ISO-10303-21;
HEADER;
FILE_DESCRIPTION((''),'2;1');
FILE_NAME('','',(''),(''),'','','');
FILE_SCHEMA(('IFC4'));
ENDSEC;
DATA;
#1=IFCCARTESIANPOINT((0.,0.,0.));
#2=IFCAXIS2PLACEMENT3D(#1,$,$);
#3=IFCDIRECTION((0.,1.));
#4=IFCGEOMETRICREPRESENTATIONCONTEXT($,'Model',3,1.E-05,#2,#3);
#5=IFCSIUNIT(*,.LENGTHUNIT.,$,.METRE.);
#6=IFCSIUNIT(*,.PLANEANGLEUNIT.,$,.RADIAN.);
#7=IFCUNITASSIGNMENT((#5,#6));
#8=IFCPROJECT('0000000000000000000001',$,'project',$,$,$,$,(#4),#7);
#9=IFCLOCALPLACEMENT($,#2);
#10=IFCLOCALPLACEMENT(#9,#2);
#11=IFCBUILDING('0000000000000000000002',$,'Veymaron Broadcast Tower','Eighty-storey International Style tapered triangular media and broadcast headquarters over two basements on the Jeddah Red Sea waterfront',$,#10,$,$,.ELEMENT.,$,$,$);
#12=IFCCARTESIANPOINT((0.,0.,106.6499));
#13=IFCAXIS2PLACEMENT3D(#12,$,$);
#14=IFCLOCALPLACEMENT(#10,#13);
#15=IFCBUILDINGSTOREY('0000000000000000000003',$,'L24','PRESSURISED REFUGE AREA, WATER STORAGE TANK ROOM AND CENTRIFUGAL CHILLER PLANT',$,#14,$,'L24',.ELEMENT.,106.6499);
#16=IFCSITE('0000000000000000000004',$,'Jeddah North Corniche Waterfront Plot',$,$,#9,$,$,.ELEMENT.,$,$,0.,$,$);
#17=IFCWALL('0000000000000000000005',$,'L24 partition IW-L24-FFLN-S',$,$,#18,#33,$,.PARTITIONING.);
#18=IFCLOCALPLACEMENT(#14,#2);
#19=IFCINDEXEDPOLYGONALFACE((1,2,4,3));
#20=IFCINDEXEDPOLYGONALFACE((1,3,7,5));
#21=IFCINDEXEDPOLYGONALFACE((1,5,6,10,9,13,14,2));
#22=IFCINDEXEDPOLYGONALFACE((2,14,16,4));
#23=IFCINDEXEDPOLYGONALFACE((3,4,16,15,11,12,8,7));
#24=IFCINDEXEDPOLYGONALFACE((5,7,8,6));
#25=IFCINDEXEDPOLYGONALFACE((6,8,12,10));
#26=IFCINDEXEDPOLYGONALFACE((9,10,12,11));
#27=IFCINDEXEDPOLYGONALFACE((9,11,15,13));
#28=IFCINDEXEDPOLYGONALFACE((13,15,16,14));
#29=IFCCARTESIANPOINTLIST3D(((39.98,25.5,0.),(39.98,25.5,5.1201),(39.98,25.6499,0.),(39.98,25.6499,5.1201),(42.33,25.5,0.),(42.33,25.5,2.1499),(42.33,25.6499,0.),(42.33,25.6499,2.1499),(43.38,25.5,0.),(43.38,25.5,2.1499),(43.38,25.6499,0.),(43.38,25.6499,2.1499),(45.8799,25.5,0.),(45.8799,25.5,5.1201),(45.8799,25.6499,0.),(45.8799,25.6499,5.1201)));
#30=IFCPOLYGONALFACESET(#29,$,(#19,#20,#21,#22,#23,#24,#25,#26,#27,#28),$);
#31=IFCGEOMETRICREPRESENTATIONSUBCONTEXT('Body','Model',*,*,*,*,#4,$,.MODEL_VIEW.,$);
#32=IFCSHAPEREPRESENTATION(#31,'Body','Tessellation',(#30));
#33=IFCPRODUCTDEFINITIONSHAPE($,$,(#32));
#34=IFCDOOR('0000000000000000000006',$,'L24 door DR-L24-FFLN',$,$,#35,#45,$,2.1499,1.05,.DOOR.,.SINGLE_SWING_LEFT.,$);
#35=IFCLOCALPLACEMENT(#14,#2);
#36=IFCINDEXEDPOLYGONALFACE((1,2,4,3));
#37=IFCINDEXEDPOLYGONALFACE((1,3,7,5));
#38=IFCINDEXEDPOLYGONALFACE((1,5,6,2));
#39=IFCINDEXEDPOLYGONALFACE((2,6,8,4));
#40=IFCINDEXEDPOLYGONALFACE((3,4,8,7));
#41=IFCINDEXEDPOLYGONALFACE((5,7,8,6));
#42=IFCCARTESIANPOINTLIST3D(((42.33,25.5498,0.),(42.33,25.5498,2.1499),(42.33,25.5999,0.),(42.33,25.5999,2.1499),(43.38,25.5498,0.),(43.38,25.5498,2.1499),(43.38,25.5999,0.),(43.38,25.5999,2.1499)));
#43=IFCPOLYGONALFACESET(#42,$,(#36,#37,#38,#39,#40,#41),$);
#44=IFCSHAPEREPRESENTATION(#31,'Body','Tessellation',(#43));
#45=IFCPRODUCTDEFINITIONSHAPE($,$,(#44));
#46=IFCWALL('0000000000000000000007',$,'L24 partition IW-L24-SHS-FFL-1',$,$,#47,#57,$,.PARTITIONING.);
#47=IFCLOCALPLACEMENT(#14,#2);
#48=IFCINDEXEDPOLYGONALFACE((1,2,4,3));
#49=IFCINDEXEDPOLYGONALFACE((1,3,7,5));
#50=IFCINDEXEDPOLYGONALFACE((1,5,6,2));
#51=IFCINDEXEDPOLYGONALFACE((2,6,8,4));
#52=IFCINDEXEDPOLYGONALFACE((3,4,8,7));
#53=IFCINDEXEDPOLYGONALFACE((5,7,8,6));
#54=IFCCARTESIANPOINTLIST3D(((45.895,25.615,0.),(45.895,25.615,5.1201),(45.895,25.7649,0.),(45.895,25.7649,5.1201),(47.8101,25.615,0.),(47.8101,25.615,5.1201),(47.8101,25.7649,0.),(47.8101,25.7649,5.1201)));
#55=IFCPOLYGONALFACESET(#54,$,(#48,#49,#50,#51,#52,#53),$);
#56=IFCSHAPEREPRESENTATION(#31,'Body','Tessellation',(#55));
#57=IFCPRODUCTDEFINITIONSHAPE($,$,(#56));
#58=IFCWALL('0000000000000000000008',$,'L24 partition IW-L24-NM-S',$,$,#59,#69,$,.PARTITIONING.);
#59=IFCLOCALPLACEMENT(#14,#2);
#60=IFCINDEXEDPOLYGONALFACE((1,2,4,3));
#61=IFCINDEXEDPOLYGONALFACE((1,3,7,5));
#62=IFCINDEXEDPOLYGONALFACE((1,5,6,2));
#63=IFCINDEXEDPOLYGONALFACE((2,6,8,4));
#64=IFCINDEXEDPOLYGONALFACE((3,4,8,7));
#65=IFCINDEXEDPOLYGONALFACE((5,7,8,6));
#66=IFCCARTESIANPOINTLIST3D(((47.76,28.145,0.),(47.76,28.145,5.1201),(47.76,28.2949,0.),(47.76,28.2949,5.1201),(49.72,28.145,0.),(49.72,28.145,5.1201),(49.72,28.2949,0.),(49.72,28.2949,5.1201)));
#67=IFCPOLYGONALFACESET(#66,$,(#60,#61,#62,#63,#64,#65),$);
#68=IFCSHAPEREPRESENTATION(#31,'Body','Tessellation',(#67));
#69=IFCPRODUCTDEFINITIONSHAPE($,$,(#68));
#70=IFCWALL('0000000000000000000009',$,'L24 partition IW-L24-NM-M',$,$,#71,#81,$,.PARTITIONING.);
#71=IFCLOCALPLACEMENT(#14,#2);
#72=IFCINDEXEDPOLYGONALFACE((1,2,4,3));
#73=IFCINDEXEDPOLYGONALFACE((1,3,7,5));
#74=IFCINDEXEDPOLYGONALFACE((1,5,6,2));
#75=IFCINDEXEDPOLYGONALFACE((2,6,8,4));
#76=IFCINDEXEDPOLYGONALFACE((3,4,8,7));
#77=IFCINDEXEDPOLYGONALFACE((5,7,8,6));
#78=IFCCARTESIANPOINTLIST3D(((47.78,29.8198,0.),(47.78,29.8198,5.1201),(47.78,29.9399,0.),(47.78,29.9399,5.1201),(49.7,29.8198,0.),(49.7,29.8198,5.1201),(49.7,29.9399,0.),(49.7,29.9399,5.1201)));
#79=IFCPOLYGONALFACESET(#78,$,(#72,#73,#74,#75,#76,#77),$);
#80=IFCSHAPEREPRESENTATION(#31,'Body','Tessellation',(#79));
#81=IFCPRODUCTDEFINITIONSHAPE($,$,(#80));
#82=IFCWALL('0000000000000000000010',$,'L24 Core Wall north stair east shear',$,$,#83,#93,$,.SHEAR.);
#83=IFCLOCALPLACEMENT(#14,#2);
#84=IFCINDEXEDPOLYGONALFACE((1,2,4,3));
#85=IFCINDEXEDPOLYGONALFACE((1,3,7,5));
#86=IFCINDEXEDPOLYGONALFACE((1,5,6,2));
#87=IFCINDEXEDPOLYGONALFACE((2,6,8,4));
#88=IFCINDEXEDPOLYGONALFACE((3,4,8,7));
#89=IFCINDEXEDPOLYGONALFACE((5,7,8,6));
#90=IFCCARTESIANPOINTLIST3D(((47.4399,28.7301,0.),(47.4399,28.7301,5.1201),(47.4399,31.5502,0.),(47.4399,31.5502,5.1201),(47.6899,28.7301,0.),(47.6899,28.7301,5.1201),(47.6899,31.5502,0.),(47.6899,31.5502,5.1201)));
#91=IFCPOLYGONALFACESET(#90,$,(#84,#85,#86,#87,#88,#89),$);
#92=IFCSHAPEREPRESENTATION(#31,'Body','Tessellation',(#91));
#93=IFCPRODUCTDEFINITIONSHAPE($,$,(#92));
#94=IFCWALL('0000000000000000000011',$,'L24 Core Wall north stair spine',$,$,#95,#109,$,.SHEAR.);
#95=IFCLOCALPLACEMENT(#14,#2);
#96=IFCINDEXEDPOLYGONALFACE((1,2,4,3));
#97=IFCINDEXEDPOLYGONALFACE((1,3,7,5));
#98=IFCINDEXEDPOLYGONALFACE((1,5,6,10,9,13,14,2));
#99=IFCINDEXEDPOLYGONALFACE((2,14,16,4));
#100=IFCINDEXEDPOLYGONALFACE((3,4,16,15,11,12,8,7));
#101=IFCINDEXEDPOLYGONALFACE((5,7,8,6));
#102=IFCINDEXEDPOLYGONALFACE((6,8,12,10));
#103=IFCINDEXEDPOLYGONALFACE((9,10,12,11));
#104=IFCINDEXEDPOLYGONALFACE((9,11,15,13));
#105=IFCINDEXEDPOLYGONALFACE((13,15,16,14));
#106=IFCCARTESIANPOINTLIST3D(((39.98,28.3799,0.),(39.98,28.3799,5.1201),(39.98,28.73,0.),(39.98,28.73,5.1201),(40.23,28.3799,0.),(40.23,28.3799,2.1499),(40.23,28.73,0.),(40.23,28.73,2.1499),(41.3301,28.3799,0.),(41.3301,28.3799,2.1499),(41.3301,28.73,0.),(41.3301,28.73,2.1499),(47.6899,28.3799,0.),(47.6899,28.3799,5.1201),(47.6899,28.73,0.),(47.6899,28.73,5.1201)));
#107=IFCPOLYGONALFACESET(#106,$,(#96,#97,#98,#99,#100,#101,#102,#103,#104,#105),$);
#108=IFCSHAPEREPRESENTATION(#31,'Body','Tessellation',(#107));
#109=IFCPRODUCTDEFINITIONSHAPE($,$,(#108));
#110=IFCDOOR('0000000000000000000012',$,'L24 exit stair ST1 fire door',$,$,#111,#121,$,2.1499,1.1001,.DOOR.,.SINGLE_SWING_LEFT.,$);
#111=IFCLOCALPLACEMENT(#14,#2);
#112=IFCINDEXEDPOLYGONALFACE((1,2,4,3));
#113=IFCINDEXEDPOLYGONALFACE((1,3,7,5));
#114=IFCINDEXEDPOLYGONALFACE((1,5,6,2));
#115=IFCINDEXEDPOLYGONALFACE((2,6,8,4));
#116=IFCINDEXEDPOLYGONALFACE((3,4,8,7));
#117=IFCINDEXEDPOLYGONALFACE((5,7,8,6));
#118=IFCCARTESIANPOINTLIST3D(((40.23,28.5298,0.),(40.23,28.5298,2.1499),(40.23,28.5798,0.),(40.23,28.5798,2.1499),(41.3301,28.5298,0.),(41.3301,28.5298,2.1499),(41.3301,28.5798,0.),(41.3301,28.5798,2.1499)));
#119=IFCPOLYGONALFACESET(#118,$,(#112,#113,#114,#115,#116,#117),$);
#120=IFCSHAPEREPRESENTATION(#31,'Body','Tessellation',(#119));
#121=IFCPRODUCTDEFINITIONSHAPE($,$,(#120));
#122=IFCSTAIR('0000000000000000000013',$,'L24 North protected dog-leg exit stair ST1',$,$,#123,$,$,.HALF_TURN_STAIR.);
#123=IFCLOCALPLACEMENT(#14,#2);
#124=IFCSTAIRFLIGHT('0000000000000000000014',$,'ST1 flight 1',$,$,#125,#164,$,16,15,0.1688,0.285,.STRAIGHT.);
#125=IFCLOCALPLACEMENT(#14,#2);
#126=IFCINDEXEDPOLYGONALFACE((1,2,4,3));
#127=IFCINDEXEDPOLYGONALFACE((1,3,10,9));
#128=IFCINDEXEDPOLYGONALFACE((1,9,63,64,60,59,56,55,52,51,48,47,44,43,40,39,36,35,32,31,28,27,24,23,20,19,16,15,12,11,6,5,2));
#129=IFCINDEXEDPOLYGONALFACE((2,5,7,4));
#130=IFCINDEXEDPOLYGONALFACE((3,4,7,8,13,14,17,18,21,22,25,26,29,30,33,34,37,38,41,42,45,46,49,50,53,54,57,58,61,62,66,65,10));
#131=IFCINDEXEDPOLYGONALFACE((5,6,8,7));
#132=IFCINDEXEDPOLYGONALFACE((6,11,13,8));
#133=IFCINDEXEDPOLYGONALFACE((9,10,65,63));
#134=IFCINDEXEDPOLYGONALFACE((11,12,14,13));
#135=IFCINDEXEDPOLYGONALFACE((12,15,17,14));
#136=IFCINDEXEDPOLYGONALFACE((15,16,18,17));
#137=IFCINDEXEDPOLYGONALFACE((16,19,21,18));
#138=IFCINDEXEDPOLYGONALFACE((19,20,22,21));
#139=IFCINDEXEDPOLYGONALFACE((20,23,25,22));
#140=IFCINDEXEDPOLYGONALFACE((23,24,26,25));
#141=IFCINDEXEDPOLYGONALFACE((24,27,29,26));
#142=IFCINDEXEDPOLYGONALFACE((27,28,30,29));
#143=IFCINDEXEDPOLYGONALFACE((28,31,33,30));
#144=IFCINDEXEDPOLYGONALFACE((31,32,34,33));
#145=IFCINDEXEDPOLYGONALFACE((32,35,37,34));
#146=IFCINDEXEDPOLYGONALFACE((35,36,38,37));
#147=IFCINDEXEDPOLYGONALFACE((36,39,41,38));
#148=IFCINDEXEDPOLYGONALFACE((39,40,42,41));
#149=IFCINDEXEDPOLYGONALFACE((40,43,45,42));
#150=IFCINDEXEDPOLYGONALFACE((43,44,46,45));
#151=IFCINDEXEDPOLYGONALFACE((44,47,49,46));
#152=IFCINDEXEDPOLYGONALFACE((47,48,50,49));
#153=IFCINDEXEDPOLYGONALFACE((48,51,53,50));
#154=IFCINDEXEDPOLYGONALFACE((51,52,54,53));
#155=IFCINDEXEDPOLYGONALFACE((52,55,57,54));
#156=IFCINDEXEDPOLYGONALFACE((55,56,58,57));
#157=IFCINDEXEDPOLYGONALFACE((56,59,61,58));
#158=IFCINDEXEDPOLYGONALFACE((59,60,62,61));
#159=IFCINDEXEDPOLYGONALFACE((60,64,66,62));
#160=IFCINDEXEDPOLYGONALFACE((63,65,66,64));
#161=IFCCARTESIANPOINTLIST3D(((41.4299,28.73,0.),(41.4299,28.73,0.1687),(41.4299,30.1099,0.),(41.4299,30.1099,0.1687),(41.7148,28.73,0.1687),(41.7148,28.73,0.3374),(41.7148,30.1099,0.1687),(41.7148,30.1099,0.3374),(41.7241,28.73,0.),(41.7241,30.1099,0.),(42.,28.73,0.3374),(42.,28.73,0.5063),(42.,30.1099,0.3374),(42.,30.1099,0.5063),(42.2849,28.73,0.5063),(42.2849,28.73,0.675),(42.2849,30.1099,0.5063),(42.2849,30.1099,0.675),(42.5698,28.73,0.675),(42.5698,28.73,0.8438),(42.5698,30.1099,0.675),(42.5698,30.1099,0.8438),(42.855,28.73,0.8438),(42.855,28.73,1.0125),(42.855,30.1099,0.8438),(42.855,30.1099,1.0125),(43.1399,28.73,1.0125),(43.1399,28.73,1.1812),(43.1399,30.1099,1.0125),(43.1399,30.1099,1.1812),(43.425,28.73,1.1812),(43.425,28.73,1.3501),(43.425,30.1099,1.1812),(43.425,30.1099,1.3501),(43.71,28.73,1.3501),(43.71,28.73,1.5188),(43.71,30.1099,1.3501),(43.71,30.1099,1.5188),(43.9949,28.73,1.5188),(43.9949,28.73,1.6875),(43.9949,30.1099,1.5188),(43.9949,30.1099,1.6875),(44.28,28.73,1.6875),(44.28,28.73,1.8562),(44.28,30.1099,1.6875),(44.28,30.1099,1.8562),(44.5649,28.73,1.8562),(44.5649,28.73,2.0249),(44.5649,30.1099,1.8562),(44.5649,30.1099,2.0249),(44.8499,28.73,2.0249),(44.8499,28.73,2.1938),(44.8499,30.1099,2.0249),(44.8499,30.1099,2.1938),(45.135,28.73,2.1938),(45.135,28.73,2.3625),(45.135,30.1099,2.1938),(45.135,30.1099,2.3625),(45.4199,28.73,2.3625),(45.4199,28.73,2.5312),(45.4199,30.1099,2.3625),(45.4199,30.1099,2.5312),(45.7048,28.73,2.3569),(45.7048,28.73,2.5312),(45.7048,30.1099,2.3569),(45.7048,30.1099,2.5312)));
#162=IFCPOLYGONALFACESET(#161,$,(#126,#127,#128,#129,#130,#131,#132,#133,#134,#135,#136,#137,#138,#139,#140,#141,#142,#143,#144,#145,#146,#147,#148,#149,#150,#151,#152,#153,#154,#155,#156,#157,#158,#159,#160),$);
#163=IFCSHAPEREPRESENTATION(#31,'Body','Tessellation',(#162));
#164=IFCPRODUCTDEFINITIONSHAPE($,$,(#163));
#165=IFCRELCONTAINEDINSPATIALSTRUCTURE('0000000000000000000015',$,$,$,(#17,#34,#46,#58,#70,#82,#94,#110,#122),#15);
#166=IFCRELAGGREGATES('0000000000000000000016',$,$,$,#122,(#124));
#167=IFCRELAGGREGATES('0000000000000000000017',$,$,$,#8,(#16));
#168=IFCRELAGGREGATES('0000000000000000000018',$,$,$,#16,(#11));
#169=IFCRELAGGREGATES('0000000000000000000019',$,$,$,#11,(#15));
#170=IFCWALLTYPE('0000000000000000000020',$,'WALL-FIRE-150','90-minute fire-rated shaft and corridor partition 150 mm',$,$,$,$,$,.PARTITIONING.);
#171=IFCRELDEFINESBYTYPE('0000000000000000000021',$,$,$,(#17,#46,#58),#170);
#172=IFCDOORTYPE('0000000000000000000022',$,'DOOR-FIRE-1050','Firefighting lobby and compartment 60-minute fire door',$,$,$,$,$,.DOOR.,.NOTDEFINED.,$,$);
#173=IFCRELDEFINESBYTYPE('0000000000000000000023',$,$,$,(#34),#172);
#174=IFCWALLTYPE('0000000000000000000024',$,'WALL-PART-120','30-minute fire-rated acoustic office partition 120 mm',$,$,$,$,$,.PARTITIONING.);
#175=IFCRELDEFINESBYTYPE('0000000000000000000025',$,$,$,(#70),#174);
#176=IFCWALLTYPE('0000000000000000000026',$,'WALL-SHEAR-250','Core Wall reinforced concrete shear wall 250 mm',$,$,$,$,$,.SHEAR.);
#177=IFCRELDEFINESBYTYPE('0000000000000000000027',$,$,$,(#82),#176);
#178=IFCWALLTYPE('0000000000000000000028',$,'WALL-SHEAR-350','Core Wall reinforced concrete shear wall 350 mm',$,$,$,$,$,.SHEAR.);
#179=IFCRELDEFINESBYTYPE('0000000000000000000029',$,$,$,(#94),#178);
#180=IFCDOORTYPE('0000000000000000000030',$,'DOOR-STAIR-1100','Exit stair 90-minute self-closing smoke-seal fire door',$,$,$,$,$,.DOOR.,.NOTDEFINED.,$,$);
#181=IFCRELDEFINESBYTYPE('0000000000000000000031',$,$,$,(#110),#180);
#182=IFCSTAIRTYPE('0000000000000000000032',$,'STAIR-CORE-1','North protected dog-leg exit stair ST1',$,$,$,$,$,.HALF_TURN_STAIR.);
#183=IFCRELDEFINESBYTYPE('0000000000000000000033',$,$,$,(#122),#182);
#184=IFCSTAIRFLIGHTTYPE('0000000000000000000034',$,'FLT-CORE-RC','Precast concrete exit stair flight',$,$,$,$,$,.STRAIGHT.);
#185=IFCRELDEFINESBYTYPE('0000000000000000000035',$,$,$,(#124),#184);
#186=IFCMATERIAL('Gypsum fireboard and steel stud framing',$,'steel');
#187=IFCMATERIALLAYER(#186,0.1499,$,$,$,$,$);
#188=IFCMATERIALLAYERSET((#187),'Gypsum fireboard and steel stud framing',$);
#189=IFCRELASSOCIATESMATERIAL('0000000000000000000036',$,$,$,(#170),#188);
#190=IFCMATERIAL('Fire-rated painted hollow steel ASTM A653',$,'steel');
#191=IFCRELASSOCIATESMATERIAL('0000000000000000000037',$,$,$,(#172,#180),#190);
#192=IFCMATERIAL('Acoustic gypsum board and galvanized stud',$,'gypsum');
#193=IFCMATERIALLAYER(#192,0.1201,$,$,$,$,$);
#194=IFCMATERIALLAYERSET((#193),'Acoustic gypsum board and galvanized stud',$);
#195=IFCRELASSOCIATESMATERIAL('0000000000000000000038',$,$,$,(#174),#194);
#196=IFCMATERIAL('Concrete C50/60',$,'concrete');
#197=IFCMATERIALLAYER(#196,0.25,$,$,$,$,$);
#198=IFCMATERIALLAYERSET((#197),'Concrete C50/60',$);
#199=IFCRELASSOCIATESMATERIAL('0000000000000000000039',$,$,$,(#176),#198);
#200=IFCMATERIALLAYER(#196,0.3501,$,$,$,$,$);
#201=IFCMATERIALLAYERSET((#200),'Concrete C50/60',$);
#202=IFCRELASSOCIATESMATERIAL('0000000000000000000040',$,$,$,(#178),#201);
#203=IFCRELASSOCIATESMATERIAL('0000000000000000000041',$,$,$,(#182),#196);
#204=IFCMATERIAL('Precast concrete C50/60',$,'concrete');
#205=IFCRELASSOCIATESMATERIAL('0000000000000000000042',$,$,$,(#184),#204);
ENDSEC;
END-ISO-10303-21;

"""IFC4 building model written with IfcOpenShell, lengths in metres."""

from ifc_helpers import new_model, si_unit, direction, frame, frame_2d, origin, place, context, subcontext, project, spatial, polyline, rectangle, outline, extrude, material, layer, layer_set, type_object, element, fill, aggregate, save


model = new_model("IFC4")

# Units and contexts
model_context = context("Model", 3, precision=1e-05, world=origin(), true_north=direction((0.0, 1.0)))
body_context = subcontext(model_context, "Body", "Model", "MODEL_VIEW")
ifc_project = project(units=[si_unit("LENGTHUNIT", "METRE"), si_unit("PLANEANGLEUNIT", "RADIAN")], contexts=[model_context])

# Site, building, storey
site_placement = place(None, origin())
site = spatial("IfcSite", under=ifc_project, at=site_placement, Name="Jeddah North Corniche Waterfront Plot", CompositionType="ELEMENT", RefElevation=0.0)
building_placement = place(site_placement, origin())
building = spatial("IfcBuilding", under=site, at=building_placement, Name="Veymaron Broadcast Tower", Description="Eighty-storey International Style tapered triangular media and broadcast headquarters over two basements on the Jeddah Red Sea waterfront", CompositionType="ELEMENT")
storey_placement = place(building_placement, frame((0.0, 0.0, 106.6499)))
storey = spatial("IfcBuildingStorey", under=building, at=storey_placement, Name="L24", Description="PRESSURISED REFUGE AREA, WATER STORAGE TANK ROOM AND CENTRIFUGAL CHILLER PLANT", LongName="L24", CompositionType="ELEMENT", Elevation=106.6499)

# Wall, opening, door
ifc_material_1 = material(Name="Gypsum fireboard and steel stud framing", Category="steel")
ifc_layer_1 = layer(ifc_material_1, 0.1499)
ifc_layer_set_1 = layer_set([ifc_layer_1], Name="Gypsum fireboard and steel stud framing")
wall_type_1 = type_object("IfcWallType", Name="WALL-FIRE-150", Description="90-minute fire-rated shaft and corridor partition 150 mm", PredefinedType="PARTITIONING", material=ifc_layer_set_1)
wall_1_placement = place(storey_placement, frame((39.98, 25.575, 0.0), z_axis=(0.0, 0.0, 1.0), x_axis=(1.0, 0.0, 0.0)))
wall_1 = element("IfcWall", 1, at=wall_1_placement, inside=storey, type_object=wall_type_1, Name="L24 partition IW-L24-FFLN-S", PredefinedType="PARTITIONING", context=body_context, shape_type="SweptSolid", body=[
    extrude(rectangle(XDim=5.8999, YDim=0.1499, at=frame_2d((2.95, 0.0))), origin(), (0.0, 0.0, 1.0), 5.1201),
])
opening_1_placement = place(wall_1_placement, frame((2.3501, 0.0, 0.0)))
opening_1 = element("IfcOpeningElement", 2, at=opening_1_placement, cuts=wall_1, PredefinedType="OPENING", context=body_context, shape_type="SweptSolid", body=[
    extrude(rectangle(XDim=1.05, YDim=2.1499, at=frame_2d((0.5249, 1.075))), frame((0.0, 0.085, 0.0), z_axis=(0.0, -1.0, 0.0), x_axis=(1.0, 0.0, 0.0)), (0.0, 0.0, 1.0), 0.1699),
])
ifc_material_2 = material(Name="Fire-rated painted hollow steel ASTM A653", Category="steel")
door_type_1 = type_object("IfcDoorType", Name="DOOR-FIRE-1050", Description="Firefighting lobby and compartment 60-minute fire door", OperationType="NOTDEFINED", PredefinedType="DOOR", material=ifc_material_2)
door_1_placement = place(opening_1_placement, origin())
door_1 = element("IfcDoor", 3, at=door_1_placement, inside=storey, type_object=door_type_1, Name="L24 door DR-L24-FFLN", OperationType="SINGLE_SWING_LEFT", OverallHeight=2.1499, OverallWidth=1.05, PredefinedType="DOOR", context=body_context, shape_type="SweptSolid", body=[
    extrude(rectangle(XDim=1.05, YDim=2.1499, at=frame_2d((0.5249, 1.075))), frame((0.0, 0.0249, 0.0), z_axis=(0.0, -1.0, 0.0), x_axis=(1.0, 0.0, 0.0)), (0.0, 0.0, 1.0), 0.05),
])
fill(opening_1, door_1)

# Walls
wall_2_placement = place(storey_placement, frame((45.895, 25.6899, 0.0), z_axis=(0.0, 0.0, 1.0), x_axis=(1.0, 0.0, 0.0)))
element("IfcWall", 4, at=wall_2_placement, inside=storey, type_object=wall_type_1, Name="L24 partition IW-L24-SHS-FFL-1", PredefinedType="PARTITIONING", context=body_context, shape_type="SweptSolid", body=[
    extrude(rectangle(XDim=1.915, YDim=0.1499, at=frame_2d((0.9575, 0.0))), origin(), (0.0, 0.0, 1.0), 5.1201),
])
wall_3_placement = place(storey_placement, frame((47.76, 28.22, 0.0), z_axis=(0.0, 0.0, 1.0), x_axis=(1.0, 0.0, 0.0)))
element("IfcWall", 5, at=wall_3_placement, inside=storey, type_object=wall_type_1, Name="L24 partition IW-L24-NM-S", PredefinedType="PARTITIONING", context=body_context, shape_type="SweptSolid", body=[
    extrude(rectangle(XDim=1.96, YDim=0.1499, at=frame_2d((0.98, 0.0))), origin(), (0.0, 0.0, 1.0), 5.1201),
])
ifc_material_3 = material(Name="Acoustic gypsum board and galvanized stud", Category="gypsum")
ifc_layer_2 = layer(ifc_material_3, 0.1201)
ifc_layer_set_2 = layer_set([ifc_layer_2], Name="Acoustic gypsum board and galvanized stud")
wall_type_2 = type_object("IfcWallType", Name="WALL-PART-120", Description="30-minute fire-rated acoustic office partition 120 mm", PredefinedType="PARTITIONING", material=ifc_layer_set_2)
wall_4_placement = place(storey_placement, frame((47.78, 29.8799, 0.0), z_axis=(0.0, 0.0, 1.0), x_axis=(1.0, 0.0, 0.0)))
element("IfcWall", 6, at=wall_4_placement, inside=storey, type_object=wall_type_2, Name="L24 partition IW-L24-NM-M", PredefinedType="PARTITIONING", context=body_context, shape_type="SweptSolid", body=[
    extrude(rectangle(XDim=1.9199, YDim=0.1201, at=frame_2d((0.96, 0.0))), origin(), (0.0, 0.0, 1.0), 5.1201),
])
ifc_material_4 = material(Name="Concrete C50/60", Category="concrete")
ifc_layer_3 = layer(ifc_material_4, 0.25)
ifc_layer_set_3 = layer_set([ifc_layer_3], Name="Concrete C50/60")
wall_type_3 = type_object("IfcWallType", Name="WALL-SHEAR-250", Description="Core Wall reinforced concrete shear wall 250 mm", PredefinedType="SHEAR", material=ifc_layer_set_3)
wall_5_placement = place(storey_placement, frame((47.5649, 28.73, 0.0), z_axis=(0.0, 0.0, 1.0), x_axis=(0.0, 1.0, 0.0)))
element("IfcWall", 7, at=wall_5_placement, inside=storey, type_object=wall_type_3, Name="L24 Core Wall north stair east shear", PredefinedType="SHEAR", context=body_context, shape_type="SweptSolid", body=[
    extrude(rectangle(XDim=2.8201, YDim=0.25, at=frame_2d((1.4102, 0.0))), origin(), (0.0, 0.0, 1.0), 5.1201),
])

# Wall, opening, door
ifc_layer_4 = layer(ifc_material_4, 0.3501)
ifc_layer_set_4 = layer_set([ifc_layer_4], Name="Concrete C50/60")
wall_type_4 = type_object("IfcWallType", Name="WALL-SHEAR-350", Description="Core Wall reinforced concrete shear wall 350 mm", PredefinedType="SHEAR", material=ifc_layer_set_4)
wall_6_placement = place(storey_placement, frame((39.98, 28.5549, 0.0), z_axis=(0.0, 0.0, 1.0), x_axis=(1.0, 0.0, 0.0)))
wall_6 = element("IfcWall", 8, at=wall_6_placement, inside=storey, type_object=wall_type_4, Name="L24 Core Wall north stair spine", PredefinedType="SHEAR", context=body_context, shape_type="SweptSolid", body=[
    extrude(rectangle(XDim=7.71, YDim=0.3501, at=frame_2d((3.855, 0.0))), origin(), (0.0, 0.0, 1.0), 5.1201),
])
opening_2_placement = place(wall_6_placement, frame((0.25, 0.0, 0.0)))
opening_2 = element("IfcOpeningElement", 9, at=opening_2_placement, cuts=wall_6, PredefinedType="OPENING", context=body_context, shape_type="SweptSolid", body=[
    extrude(rectangle(XDim=1.1001, YDim=2.1499, at=frame_2d((0.55, 1.075))), frame((0.0, 0.1851, 0.0), z_axis=(0.0, -1.0, 0.0), x_axis=(1.0, 0.0, 0.0)), (0.0, 0.0, 1.0), 0.3701),
])
door_type_2 = type_object("IfcDoorType", Name="DOOR-STAIR-1100", Description="Exit stair 90-minute self-closing smoke-seal fire door", OperationType="NOTDEFINED", PredefinedType="DOOR", material=ifc_material_2)
door_2_placement = place(opening_2_placement, origin())
door_2 = element("IfcDoor", 10, at=door_2_placement, inside=storey, type_object=door_type_2, Name="L24 exit stair ST1 fire door", OperationType="SINGLE_SWING_LEFT", OverallHeight=2.1499, OverallWidth=1.1001, PredefinedType="DOOR", context=body_context, shape_type="SweptSolid", body=[
    extrude(rectangle(XDim=1.1001, YDim=2.1499, at=frame_2d((0.55, 1.075))), frame((0.0, 0.0249, 0.0), z_axis=(0.0, -1.0, 0.0), x_axis=(1.0, 0.0, 0.0)), (0.0, 0.0, 1.0), 0.05),
])
fill(opening_2, door_2)

# Stair, stair flight
stair_type = type_object("IfcStairType", Name="STAIR-CORE-1", Description="North protected dog-leg exit stair ST1", PredefinedType="HALF_TURN_STAIR", material=ifc_material_4)
stair_placement = place(storey_placement, origin())
stair = element("IfcStair", 11, at=stair_placement, inside=storey, type_object=stair_type, Name="L24 North protected dog-leg exit stair ST1", PredefinedType="HALF_TURN_STAIR")
ifc_material_5 = material(Name="Precast concrete C50/60", Category="concrete")
stair_flight_type = type_object("IfcStairFlightType", Name="FLT-CORE-RC", Description="Precast concrete exit stair flight", PredefinedType="STRAIGHT", material=ifc_material_5)
stair_flight_placement = place(storey_placement, frame((41.4299, 29.4199, 0.0), z_axis=(0.0, 0.0, 1.0), x_axis=(1.0, 0.0, 0.0)))
stair_flight = element("IfcStairFlight", 12, at=stair_flight_placement, type_object=stair_flight_type, Name="ST1 flight 1", NumberOfRisers=16, NumberOfTreads=15, PredefinedType="STRAIGHT", RiserHeight=0.1688, TreadLength=0.285, context=body_context, shape_type="SweptSolid", body=[
    extrude(outline(polyline([(0.0, 0.0), (0.0, 0.1687), (0.2849, 0.1687), (0.2849, 0.3374), (0.5701, 0.3374), (0.5701, 0.5063), (0.855, 0.5063), (0.855, 0.675), (1.1399, 0.675), (1.1399, 0.8438), (1.425, 0.8438), (1.425, 1.0125), (1.71, 1.0125), (1.71, 1.1812), (1.9951, 1.1812), (1.9951, 1.3501), (2.28, 1.3501), (2.28, 1.5188), (2.5649, 1.5188), (2.5649, 1.6875), (2.8501, 1.6875), (2.8501, 1.8562), (3.135, 1.8562), (3.135, 2.0249), (3.4199, 2.0249), (3.4199, 2.1938), (3.7051, 2.1938), (3.7051, 2.3625), (3.99, 2.3625), (3.99, 2.5312), (4.2749, 2.5312), (4.2749, 2.7), (4.2749, 2.3569), (0.2942, 0.0), (0.0, 0.0)])), frame((0.0, 0.6899, 0.0), z_axis=(0.0, -1.0, 0.0), x_axis=(1.0, 0.0, 0.0)), (0.0, 0.0, 1.0), 1.3799),
])
aggregate(stair, [stair_flight])

save(model, "model.ifc")
